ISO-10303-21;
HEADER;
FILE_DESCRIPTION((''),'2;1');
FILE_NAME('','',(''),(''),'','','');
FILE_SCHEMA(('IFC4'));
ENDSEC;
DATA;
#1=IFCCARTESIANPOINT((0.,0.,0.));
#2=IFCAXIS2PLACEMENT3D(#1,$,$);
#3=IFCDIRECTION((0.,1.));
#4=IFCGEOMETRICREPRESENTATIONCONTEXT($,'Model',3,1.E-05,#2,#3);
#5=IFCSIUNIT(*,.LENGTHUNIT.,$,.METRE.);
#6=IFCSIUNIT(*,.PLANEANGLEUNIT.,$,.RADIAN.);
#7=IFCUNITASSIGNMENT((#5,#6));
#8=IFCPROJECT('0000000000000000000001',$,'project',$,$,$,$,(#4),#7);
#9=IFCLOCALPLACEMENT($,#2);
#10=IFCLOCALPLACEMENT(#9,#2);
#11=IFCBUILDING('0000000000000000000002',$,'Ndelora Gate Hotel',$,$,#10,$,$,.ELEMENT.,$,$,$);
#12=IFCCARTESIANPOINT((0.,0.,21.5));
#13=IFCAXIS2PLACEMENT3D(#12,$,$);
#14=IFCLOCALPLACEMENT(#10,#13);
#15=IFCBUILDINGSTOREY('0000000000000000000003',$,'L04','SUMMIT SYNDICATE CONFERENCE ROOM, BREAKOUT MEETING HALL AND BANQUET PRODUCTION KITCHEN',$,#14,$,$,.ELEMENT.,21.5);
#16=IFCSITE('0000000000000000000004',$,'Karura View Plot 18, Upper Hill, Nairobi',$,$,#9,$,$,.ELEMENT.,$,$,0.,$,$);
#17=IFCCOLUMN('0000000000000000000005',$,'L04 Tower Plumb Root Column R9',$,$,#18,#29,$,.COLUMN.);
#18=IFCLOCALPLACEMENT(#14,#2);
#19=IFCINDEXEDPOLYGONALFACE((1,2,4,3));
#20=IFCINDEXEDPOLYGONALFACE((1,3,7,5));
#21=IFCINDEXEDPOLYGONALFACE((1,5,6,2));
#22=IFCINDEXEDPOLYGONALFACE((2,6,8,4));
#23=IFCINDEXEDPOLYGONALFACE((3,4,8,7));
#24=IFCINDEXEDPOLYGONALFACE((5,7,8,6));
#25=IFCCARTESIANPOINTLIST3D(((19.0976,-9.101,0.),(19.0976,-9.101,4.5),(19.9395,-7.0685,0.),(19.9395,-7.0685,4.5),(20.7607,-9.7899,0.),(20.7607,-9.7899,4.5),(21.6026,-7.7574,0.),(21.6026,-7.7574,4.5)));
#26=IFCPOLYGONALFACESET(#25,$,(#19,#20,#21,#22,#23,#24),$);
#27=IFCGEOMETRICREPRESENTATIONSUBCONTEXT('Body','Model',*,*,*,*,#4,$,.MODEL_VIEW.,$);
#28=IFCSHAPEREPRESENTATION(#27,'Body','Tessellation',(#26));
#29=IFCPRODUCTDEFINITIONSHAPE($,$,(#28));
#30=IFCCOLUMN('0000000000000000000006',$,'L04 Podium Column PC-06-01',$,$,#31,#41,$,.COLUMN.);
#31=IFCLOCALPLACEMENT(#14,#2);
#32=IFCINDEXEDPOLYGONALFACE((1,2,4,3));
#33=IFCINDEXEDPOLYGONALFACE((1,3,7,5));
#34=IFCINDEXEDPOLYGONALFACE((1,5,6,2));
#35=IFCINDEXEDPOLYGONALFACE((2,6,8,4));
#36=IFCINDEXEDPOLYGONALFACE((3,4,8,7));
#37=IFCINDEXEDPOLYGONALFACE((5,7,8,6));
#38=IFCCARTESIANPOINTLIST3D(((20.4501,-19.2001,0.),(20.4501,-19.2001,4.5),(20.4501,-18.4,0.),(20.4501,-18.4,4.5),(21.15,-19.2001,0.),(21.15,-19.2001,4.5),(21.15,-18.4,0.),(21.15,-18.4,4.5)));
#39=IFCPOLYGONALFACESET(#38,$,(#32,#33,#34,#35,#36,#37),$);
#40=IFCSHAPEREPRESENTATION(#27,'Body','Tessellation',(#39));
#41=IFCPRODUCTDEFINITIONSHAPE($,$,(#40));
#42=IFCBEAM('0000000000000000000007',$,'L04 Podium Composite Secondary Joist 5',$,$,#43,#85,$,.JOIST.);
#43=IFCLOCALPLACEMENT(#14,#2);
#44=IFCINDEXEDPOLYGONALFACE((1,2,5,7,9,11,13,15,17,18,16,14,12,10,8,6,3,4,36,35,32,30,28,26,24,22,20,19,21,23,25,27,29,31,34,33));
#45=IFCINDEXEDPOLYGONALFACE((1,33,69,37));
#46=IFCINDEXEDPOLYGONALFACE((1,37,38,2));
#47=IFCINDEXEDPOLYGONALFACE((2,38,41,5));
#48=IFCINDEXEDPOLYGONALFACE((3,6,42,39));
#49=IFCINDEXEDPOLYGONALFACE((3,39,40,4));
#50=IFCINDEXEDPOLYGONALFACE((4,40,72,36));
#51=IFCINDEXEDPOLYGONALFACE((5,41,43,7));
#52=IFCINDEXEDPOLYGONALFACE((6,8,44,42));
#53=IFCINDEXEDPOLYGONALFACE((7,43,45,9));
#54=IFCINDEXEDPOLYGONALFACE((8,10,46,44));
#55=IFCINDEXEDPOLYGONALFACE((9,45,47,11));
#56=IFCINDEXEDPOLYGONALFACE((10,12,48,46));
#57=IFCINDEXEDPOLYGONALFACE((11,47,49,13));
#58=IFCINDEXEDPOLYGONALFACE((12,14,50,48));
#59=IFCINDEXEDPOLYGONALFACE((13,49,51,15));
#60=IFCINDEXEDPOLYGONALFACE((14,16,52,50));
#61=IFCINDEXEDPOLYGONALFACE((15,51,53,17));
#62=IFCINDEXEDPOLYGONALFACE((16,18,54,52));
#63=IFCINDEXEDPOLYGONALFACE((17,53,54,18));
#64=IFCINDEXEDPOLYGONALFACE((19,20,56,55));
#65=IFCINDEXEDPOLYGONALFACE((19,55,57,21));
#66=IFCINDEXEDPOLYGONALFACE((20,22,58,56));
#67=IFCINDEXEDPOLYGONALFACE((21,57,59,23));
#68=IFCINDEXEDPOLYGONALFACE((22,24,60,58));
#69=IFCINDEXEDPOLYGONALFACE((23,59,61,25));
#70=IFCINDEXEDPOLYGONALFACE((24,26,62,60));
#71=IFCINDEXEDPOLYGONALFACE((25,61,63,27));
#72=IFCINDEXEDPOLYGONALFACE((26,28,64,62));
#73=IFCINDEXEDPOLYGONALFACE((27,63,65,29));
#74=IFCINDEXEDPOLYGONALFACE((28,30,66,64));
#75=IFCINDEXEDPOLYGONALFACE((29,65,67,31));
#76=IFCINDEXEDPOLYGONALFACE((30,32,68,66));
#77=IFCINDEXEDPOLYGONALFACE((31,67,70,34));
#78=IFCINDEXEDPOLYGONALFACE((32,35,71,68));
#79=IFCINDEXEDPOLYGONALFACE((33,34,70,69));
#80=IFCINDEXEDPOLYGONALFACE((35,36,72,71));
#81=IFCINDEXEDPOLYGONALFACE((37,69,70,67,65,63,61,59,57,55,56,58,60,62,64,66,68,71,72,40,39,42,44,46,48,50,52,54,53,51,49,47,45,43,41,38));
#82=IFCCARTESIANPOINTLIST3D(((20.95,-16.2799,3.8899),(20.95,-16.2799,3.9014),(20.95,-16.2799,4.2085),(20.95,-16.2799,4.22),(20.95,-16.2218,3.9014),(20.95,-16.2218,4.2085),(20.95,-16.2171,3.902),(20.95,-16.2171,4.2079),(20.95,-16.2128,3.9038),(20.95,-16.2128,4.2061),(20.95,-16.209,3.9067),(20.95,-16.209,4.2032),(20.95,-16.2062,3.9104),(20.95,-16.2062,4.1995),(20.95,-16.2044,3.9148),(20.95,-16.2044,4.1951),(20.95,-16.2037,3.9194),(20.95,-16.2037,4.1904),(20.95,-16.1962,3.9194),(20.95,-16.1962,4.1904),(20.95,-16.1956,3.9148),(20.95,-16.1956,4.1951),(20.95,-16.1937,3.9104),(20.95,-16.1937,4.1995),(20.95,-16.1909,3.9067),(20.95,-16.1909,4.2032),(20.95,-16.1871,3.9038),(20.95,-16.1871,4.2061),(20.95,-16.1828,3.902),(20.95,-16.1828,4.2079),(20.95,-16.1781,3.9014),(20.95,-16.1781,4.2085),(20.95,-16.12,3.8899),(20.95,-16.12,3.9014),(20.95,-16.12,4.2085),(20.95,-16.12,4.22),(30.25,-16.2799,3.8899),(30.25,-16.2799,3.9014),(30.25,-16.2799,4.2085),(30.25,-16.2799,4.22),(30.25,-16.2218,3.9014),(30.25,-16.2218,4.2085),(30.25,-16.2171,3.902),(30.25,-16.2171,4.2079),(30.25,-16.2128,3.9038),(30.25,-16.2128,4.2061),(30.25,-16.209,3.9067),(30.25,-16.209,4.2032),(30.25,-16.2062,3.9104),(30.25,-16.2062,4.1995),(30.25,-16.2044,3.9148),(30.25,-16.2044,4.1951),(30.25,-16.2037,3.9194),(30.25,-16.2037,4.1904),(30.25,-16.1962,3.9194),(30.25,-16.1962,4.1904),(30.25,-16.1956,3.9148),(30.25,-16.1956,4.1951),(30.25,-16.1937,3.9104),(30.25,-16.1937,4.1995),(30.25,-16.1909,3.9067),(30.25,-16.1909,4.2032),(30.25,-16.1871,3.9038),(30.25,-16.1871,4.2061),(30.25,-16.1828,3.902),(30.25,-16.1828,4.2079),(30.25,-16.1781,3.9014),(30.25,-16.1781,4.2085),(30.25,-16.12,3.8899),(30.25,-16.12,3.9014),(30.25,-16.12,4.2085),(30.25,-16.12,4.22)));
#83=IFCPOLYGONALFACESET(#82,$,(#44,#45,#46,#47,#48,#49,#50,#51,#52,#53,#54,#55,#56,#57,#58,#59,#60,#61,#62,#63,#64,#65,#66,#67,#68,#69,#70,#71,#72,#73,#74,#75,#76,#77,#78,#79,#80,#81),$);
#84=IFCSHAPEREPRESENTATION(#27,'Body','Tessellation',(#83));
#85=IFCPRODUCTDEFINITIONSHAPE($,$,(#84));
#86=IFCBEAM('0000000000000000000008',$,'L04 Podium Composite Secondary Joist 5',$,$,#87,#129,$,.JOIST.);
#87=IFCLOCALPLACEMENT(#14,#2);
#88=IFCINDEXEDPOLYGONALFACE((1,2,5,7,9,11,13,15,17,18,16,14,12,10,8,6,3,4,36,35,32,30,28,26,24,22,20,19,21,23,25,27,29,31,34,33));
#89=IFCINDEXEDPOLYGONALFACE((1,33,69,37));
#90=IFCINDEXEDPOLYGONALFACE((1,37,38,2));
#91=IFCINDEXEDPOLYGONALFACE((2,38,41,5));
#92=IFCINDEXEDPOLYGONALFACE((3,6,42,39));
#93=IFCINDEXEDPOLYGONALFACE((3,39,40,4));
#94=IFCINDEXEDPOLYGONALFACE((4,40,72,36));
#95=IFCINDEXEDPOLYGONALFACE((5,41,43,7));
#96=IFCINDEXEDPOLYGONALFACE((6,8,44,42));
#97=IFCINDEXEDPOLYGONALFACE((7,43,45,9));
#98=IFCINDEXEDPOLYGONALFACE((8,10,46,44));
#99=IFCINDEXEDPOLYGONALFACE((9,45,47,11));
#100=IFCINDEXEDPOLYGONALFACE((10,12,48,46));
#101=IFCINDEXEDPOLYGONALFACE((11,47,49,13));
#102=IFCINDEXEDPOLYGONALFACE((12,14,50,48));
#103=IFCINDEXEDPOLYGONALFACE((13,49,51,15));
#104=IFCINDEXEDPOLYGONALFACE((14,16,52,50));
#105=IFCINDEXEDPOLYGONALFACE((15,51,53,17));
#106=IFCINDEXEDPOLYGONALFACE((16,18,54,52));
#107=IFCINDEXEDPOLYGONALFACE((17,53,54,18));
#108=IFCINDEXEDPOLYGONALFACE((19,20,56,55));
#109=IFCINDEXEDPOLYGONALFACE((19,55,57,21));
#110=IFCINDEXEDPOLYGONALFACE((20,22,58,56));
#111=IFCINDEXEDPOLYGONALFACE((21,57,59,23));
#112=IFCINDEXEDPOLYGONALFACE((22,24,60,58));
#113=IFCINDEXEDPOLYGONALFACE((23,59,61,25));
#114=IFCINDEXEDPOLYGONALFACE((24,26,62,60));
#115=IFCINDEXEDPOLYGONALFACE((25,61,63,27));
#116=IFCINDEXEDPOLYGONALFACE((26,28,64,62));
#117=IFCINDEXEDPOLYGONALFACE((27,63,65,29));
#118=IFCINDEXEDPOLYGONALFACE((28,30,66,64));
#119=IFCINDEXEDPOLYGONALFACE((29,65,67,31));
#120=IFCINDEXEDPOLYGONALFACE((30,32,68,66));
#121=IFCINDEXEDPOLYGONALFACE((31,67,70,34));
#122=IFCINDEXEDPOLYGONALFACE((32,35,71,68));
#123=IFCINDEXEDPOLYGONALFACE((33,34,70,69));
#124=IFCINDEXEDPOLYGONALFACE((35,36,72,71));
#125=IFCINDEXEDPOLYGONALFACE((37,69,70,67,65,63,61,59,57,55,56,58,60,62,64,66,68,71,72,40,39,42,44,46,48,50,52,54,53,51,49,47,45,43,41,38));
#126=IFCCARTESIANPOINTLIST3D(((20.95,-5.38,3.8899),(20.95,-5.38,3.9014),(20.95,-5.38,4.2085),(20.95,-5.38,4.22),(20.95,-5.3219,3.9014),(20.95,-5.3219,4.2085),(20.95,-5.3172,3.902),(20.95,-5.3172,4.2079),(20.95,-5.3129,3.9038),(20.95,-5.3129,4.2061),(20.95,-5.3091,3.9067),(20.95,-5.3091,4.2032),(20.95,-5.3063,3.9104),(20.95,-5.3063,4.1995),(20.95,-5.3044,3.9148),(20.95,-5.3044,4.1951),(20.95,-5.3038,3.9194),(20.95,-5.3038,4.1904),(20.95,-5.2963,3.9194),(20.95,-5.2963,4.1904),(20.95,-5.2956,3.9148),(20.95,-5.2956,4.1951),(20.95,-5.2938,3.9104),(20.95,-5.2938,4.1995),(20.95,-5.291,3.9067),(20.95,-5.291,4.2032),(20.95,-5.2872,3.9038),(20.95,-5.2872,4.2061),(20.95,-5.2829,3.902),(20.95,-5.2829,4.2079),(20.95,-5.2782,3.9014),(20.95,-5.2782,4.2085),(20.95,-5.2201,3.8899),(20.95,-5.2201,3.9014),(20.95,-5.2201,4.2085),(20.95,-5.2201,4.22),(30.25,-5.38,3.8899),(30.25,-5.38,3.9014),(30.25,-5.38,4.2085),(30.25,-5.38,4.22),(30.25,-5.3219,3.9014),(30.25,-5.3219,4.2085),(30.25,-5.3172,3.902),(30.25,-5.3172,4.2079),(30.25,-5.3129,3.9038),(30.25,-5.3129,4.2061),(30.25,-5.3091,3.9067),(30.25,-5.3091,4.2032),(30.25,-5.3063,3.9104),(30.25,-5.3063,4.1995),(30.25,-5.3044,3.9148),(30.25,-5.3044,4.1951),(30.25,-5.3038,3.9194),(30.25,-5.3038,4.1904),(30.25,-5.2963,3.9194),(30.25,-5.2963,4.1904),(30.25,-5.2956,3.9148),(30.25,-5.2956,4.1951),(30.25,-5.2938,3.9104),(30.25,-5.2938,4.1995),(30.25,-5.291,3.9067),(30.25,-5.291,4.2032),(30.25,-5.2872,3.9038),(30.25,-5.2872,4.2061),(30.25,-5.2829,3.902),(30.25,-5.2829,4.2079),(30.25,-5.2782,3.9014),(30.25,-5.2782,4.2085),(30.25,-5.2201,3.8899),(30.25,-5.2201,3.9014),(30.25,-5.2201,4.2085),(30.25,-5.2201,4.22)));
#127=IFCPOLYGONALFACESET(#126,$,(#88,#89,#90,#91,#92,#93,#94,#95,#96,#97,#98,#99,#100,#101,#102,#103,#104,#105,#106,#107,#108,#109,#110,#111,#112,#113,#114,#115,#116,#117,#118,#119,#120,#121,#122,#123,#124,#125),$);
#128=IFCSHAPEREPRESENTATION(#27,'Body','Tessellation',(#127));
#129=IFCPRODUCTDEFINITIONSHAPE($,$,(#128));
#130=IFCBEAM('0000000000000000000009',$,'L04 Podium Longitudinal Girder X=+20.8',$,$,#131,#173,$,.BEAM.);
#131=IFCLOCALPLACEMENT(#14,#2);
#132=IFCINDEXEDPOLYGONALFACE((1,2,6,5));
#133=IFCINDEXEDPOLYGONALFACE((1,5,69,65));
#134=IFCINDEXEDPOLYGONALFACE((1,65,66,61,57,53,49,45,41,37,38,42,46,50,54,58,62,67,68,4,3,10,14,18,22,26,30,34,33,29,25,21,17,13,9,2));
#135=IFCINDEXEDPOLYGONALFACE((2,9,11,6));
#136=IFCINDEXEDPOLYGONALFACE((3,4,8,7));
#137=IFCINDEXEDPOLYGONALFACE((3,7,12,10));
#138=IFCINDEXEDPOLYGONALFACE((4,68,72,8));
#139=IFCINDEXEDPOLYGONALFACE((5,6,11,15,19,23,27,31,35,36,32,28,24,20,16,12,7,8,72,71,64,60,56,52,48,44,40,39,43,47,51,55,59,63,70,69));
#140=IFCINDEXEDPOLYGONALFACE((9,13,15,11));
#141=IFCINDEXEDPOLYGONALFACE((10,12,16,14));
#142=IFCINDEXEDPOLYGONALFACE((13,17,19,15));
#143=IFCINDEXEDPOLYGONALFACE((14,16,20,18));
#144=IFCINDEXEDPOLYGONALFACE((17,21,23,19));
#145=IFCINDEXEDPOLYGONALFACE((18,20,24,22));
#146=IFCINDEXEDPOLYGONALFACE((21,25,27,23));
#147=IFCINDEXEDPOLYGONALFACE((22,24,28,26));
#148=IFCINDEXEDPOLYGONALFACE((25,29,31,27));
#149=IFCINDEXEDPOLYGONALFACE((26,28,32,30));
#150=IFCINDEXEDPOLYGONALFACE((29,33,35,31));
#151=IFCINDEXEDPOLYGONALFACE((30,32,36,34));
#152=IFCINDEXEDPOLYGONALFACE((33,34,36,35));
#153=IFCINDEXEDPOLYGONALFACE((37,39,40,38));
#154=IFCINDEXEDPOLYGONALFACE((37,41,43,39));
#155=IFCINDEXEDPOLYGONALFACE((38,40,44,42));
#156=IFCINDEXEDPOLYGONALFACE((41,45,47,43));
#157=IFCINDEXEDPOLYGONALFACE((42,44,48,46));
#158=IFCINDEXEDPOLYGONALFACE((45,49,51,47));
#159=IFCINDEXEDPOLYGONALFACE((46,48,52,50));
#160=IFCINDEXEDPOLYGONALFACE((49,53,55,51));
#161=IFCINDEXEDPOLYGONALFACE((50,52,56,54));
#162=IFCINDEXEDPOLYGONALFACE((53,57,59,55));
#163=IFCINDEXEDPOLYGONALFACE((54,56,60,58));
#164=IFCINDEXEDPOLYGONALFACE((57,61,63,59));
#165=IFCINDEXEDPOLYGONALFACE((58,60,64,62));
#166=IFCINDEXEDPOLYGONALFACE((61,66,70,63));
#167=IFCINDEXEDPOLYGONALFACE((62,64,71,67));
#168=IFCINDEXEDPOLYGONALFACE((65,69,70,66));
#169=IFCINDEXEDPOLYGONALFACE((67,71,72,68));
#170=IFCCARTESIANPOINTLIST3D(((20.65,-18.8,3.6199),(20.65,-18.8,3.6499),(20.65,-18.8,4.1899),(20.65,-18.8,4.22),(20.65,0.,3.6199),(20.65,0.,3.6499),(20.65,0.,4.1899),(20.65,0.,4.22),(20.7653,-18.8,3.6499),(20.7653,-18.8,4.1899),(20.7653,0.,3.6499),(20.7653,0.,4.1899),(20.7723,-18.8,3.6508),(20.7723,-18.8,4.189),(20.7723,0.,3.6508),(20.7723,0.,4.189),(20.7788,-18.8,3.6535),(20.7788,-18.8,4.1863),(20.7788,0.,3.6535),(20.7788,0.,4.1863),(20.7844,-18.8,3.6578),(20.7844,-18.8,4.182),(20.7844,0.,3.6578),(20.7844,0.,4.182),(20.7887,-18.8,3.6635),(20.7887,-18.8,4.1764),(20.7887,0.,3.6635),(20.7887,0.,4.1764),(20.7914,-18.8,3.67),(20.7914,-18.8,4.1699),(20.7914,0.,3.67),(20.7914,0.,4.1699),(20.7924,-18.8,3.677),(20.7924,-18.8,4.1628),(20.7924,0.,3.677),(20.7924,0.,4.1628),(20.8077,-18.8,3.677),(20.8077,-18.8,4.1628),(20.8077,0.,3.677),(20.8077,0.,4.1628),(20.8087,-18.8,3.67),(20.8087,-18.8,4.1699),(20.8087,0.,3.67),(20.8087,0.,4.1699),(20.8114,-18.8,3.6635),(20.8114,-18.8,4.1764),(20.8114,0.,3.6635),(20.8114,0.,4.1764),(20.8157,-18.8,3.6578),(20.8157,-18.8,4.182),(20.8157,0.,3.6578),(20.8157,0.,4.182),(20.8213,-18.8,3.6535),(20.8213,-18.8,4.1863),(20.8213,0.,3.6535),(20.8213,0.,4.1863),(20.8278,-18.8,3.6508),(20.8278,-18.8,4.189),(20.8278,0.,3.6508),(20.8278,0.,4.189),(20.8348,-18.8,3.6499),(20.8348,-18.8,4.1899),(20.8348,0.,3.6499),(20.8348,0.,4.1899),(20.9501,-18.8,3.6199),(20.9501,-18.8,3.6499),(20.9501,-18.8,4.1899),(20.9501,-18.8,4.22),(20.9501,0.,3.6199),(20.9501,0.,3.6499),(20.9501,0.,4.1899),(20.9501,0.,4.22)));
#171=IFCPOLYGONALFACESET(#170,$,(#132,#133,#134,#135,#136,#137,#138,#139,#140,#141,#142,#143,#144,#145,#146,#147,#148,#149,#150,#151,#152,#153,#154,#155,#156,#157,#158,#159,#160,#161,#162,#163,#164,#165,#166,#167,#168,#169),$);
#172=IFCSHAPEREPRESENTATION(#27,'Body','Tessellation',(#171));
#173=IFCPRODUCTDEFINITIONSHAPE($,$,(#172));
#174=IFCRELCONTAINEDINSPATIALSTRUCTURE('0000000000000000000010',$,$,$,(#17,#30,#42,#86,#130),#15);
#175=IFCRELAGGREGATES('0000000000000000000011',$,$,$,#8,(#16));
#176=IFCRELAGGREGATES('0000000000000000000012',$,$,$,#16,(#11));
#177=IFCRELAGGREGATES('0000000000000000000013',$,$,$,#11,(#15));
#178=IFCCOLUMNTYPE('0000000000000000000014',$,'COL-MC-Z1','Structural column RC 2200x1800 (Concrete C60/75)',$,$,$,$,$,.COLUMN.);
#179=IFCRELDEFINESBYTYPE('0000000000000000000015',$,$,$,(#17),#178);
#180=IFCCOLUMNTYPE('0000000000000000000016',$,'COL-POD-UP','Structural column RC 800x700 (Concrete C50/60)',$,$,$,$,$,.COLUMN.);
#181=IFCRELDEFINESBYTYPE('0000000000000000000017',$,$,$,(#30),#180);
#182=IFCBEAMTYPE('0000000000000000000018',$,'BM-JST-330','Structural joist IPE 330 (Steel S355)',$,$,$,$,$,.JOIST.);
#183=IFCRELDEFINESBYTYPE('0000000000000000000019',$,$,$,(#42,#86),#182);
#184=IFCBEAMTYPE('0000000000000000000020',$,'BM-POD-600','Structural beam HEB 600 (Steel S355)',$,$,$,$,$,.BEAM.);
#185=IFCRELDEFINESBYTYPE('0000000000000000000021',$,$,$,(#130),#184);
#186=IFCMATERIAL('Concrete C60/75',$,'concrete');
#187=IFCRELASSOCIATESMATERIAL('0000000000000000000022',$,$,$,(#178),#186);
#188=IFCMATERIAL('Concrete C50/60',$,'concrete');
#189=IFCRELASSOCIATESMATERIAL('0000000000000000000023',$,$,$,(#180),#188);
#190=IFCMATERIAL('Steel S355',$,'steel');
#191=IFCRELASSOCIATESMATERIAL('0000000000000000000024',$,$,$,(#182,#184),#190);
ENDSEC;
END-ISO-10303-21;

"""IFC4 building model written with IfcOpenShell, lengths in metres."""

from ifc_helpers import new_model, si_unit, direction, frame, origin, origin_2d, place, context, subcontext, project, spatial, rectangle, i_section, extrude, material, material_profile, profile_set, type_object, element, save


model = new_model("IFC4")

# Units and contexts
model_context = context("Model", 3, precision=1e-05, world=origin(), true_north=direction((0.0, 1.0)))
body_context = subcontext(model_context, "Body", "Model", "MODEL_VIEW")
ifc_project = project(units=[si_unit("LENGTHUNIT", "METRE"), si_unit("PLANEANGLEUNIT", "RADIAN")], contexts=[model_context])

# Site, building, storey
site_placement = place(None, origin())
site = spatial("IfcSite", under=ifc_project, at=site_placement, Name="Karura View Plot 18, Upper Hill, Nairobi", CompositionType="ELEMENT", RefElevation=0.0)
building_placement = place(site_placement, origin())
building = spatial("IfcBuilding", under=site, at=building_placement, Name="Ndelora Gate Hotel", CompositionType="ELEMENT")
storey_placement = place(building_placement, frame((0.0, 0.0, 21.5)))
storey = spatial("IfcBuildingStorey", under=building, at=storey_placement, Name="L04", Description="SUMMIT SYNDICATE CONFERENCE ROOM, BREAKOUT MEETING HALL AND BANQUET PRODUCTION KITCHEN", CompositionType="ELEMENT", Elevation=21.5)

# Columns
ifc_material_1 = material(Name="Concrete C60/75", Category="concrete")
ifc_material_profile_1 = material_profile(ifc_material_1, rectangle(XDim=1.8, YDim=2.2, at=origin_2d()), Name="RC 2200x1800")
ifc_profile_set_1 = profile_set([ifc_material_profile_1], Name="Concrete C60/75")
column_type_1 = type_object("IfcColumnType", Name="COL-MC-Z1", Description="Structural column RC 2200x1800 (Concrete C60/75)", PredefinedType="COLUMN", material=ifc_profile_set_1)
column_1_placement = place(storey_placement, frame((20.3501, -8.4292, 0.0), z_axis=(0.0, 0.0, 1.0), x_axis=(-0.92388, 0.382683, 0.0)))
element("IfcColumn", 1, at=column_1_placement, inside=storey, type_object=column_type_1, Name="L04 Tower Plumb Root Column R9", PredefinedType="COLUMN", context=body_context, shape_type="SweptSolid", body=[
    extrude(rectangle(XDim=1.8, YDim=2.2, at=origin_2d()), origin(), (0.0, 0.0, 1.0), 4.5),
])
ifc_material_2 = material(Name="Concrete C50/60", Category="concrete")
ifc_material_profile_2 = material_profile(ifc_material_2, rectangle(XDim=0.7, YDim=0.8, at=origin_2d()), Name="RC 800x700")
ifc_profile_set_2 = profile_set([ifc_material_profile_2], Name="Concrete C50/60")
column_type_2 = type_object("IfcColumnType", Name="COL-POD-UP", Description="Structural column RC 800x700 (Concrete C50/60)", PredefinedType="COLUMN", material=ifc_profile_set_2)
column_2_placement = place(storey_placement, frame((20.8, -18.8, 0.0), z_axis=(0.0, 0.0, 1.0), x_axis=(1.0, 0.0, 0.0)))
element("IfcColumn", 2, at=column_2_placement, inside=storey, type_object=column_type_2, Name="L04 Podium Column PC-06-01", PredefinedType="COLUMN", context=body_context, shape_type="SweptSolid", body=[
    extrude(rectangle(XDim=0.7, YDim=0.8, at=origin_2d()), origin(), (0.0, 0.0, 1.0), 4.5),
])

# Beams
ifc_material_3 = material(Name="Steel S355", Category="steel")
ifc_material_profile_3 = material_profile(ifc_material_3, i_section(OverallWidth=0.1599, OverallDepth=0.3301, WebThickness=0.0076, FlangeThickness=0.0115, FilletRadius=0.0181, at=origin_2d()), Name="IPE 330")
ifc_profile_set_3 = profile_set([ifc_material_profile_3], Name="Steel S355")
beam_type_1 = type_object("IfcBeamType", Name="BM-JST-330", Description="Structural joist IPE 330 (Steel S355)", PredefinedType="JOIST", material=ifc_profile_set_3)
for number, where, z_axis, x_axis, name in (
    (3, (20.95, -16.2, 4.0549), (1.0, 0.0, 0.0), (0.0, 1.0, 0.0), "L04 Podium Composite Secondary Joist 5"),
    (4, (20.95, -5.3, 4.0549), (1.0, 0.0, 0.0), (0.0, 1.0, 0.0), "L04 Podium Composite Secondary Joist 5"),
):
    element("IfcBeam", number, at=place(storey_placement, frame(where, z_axis=z_axis, x_axis=x_axis)), inside=storey, type_object=beam_type_1, Name=name, PredefinedType="JOIST", context=body_context, shape_type="SweptSolid", body=[
        extrude(i_section(OverallWidth=0.1599, OverallDepth=0.3301, WebThickness=0.0076, FlangeThickness=0.0115, FilletRadius=0.0181, at=origin_2d()), origin(), (0.0, 0.0, 1.0), 9.3),
    ])
ifc_material_profile_4 = material_profile(ifc_material_3, i_section(OverallWidth=0.3, OverallDepth=0.6001, WebThickness=0.0154, FlangeThickness=0.03, FilletRadius=0.0271, at=origin_2d()), Name="HEB 600")
ifc_profile_set_4 = profile_set([ifc_material_profile_4], Name="Steel S355")
beam_type_2 = type_object("IfcBeamType", Name="BM-POD-600", Description="Structural beam HEB 600 (Steel S355)", PredefinedType="BEAM", material=ifc_profile_set_4)
beam_1_placement = place(storey_placement, frame((20.8, -18.8, 3.9199), z_axis=(0.0, 1.0, 0.0), x_axis=(-1.0, 0.0, 0.0)))
element("IfcBeam", 5, at=beam_1_placement, inside=storey, type_object=beam_type_2, Name="L04 Podium Longitudinal Girder X=+20.8", PredefinedType="BEAM", context=body_context, shape_type="SweptSolid", body=[
    extrude(i_section(OverallWidth=0.3, OverallDepth=0.6001, WebThickness=0.0154, FlangeThickness=0.03, FilletRadius=0.0271, at=origin_2d()), origin(), (0.0, 0.0, 1.0), 18.8),
])

save(model, "model.ifc")
